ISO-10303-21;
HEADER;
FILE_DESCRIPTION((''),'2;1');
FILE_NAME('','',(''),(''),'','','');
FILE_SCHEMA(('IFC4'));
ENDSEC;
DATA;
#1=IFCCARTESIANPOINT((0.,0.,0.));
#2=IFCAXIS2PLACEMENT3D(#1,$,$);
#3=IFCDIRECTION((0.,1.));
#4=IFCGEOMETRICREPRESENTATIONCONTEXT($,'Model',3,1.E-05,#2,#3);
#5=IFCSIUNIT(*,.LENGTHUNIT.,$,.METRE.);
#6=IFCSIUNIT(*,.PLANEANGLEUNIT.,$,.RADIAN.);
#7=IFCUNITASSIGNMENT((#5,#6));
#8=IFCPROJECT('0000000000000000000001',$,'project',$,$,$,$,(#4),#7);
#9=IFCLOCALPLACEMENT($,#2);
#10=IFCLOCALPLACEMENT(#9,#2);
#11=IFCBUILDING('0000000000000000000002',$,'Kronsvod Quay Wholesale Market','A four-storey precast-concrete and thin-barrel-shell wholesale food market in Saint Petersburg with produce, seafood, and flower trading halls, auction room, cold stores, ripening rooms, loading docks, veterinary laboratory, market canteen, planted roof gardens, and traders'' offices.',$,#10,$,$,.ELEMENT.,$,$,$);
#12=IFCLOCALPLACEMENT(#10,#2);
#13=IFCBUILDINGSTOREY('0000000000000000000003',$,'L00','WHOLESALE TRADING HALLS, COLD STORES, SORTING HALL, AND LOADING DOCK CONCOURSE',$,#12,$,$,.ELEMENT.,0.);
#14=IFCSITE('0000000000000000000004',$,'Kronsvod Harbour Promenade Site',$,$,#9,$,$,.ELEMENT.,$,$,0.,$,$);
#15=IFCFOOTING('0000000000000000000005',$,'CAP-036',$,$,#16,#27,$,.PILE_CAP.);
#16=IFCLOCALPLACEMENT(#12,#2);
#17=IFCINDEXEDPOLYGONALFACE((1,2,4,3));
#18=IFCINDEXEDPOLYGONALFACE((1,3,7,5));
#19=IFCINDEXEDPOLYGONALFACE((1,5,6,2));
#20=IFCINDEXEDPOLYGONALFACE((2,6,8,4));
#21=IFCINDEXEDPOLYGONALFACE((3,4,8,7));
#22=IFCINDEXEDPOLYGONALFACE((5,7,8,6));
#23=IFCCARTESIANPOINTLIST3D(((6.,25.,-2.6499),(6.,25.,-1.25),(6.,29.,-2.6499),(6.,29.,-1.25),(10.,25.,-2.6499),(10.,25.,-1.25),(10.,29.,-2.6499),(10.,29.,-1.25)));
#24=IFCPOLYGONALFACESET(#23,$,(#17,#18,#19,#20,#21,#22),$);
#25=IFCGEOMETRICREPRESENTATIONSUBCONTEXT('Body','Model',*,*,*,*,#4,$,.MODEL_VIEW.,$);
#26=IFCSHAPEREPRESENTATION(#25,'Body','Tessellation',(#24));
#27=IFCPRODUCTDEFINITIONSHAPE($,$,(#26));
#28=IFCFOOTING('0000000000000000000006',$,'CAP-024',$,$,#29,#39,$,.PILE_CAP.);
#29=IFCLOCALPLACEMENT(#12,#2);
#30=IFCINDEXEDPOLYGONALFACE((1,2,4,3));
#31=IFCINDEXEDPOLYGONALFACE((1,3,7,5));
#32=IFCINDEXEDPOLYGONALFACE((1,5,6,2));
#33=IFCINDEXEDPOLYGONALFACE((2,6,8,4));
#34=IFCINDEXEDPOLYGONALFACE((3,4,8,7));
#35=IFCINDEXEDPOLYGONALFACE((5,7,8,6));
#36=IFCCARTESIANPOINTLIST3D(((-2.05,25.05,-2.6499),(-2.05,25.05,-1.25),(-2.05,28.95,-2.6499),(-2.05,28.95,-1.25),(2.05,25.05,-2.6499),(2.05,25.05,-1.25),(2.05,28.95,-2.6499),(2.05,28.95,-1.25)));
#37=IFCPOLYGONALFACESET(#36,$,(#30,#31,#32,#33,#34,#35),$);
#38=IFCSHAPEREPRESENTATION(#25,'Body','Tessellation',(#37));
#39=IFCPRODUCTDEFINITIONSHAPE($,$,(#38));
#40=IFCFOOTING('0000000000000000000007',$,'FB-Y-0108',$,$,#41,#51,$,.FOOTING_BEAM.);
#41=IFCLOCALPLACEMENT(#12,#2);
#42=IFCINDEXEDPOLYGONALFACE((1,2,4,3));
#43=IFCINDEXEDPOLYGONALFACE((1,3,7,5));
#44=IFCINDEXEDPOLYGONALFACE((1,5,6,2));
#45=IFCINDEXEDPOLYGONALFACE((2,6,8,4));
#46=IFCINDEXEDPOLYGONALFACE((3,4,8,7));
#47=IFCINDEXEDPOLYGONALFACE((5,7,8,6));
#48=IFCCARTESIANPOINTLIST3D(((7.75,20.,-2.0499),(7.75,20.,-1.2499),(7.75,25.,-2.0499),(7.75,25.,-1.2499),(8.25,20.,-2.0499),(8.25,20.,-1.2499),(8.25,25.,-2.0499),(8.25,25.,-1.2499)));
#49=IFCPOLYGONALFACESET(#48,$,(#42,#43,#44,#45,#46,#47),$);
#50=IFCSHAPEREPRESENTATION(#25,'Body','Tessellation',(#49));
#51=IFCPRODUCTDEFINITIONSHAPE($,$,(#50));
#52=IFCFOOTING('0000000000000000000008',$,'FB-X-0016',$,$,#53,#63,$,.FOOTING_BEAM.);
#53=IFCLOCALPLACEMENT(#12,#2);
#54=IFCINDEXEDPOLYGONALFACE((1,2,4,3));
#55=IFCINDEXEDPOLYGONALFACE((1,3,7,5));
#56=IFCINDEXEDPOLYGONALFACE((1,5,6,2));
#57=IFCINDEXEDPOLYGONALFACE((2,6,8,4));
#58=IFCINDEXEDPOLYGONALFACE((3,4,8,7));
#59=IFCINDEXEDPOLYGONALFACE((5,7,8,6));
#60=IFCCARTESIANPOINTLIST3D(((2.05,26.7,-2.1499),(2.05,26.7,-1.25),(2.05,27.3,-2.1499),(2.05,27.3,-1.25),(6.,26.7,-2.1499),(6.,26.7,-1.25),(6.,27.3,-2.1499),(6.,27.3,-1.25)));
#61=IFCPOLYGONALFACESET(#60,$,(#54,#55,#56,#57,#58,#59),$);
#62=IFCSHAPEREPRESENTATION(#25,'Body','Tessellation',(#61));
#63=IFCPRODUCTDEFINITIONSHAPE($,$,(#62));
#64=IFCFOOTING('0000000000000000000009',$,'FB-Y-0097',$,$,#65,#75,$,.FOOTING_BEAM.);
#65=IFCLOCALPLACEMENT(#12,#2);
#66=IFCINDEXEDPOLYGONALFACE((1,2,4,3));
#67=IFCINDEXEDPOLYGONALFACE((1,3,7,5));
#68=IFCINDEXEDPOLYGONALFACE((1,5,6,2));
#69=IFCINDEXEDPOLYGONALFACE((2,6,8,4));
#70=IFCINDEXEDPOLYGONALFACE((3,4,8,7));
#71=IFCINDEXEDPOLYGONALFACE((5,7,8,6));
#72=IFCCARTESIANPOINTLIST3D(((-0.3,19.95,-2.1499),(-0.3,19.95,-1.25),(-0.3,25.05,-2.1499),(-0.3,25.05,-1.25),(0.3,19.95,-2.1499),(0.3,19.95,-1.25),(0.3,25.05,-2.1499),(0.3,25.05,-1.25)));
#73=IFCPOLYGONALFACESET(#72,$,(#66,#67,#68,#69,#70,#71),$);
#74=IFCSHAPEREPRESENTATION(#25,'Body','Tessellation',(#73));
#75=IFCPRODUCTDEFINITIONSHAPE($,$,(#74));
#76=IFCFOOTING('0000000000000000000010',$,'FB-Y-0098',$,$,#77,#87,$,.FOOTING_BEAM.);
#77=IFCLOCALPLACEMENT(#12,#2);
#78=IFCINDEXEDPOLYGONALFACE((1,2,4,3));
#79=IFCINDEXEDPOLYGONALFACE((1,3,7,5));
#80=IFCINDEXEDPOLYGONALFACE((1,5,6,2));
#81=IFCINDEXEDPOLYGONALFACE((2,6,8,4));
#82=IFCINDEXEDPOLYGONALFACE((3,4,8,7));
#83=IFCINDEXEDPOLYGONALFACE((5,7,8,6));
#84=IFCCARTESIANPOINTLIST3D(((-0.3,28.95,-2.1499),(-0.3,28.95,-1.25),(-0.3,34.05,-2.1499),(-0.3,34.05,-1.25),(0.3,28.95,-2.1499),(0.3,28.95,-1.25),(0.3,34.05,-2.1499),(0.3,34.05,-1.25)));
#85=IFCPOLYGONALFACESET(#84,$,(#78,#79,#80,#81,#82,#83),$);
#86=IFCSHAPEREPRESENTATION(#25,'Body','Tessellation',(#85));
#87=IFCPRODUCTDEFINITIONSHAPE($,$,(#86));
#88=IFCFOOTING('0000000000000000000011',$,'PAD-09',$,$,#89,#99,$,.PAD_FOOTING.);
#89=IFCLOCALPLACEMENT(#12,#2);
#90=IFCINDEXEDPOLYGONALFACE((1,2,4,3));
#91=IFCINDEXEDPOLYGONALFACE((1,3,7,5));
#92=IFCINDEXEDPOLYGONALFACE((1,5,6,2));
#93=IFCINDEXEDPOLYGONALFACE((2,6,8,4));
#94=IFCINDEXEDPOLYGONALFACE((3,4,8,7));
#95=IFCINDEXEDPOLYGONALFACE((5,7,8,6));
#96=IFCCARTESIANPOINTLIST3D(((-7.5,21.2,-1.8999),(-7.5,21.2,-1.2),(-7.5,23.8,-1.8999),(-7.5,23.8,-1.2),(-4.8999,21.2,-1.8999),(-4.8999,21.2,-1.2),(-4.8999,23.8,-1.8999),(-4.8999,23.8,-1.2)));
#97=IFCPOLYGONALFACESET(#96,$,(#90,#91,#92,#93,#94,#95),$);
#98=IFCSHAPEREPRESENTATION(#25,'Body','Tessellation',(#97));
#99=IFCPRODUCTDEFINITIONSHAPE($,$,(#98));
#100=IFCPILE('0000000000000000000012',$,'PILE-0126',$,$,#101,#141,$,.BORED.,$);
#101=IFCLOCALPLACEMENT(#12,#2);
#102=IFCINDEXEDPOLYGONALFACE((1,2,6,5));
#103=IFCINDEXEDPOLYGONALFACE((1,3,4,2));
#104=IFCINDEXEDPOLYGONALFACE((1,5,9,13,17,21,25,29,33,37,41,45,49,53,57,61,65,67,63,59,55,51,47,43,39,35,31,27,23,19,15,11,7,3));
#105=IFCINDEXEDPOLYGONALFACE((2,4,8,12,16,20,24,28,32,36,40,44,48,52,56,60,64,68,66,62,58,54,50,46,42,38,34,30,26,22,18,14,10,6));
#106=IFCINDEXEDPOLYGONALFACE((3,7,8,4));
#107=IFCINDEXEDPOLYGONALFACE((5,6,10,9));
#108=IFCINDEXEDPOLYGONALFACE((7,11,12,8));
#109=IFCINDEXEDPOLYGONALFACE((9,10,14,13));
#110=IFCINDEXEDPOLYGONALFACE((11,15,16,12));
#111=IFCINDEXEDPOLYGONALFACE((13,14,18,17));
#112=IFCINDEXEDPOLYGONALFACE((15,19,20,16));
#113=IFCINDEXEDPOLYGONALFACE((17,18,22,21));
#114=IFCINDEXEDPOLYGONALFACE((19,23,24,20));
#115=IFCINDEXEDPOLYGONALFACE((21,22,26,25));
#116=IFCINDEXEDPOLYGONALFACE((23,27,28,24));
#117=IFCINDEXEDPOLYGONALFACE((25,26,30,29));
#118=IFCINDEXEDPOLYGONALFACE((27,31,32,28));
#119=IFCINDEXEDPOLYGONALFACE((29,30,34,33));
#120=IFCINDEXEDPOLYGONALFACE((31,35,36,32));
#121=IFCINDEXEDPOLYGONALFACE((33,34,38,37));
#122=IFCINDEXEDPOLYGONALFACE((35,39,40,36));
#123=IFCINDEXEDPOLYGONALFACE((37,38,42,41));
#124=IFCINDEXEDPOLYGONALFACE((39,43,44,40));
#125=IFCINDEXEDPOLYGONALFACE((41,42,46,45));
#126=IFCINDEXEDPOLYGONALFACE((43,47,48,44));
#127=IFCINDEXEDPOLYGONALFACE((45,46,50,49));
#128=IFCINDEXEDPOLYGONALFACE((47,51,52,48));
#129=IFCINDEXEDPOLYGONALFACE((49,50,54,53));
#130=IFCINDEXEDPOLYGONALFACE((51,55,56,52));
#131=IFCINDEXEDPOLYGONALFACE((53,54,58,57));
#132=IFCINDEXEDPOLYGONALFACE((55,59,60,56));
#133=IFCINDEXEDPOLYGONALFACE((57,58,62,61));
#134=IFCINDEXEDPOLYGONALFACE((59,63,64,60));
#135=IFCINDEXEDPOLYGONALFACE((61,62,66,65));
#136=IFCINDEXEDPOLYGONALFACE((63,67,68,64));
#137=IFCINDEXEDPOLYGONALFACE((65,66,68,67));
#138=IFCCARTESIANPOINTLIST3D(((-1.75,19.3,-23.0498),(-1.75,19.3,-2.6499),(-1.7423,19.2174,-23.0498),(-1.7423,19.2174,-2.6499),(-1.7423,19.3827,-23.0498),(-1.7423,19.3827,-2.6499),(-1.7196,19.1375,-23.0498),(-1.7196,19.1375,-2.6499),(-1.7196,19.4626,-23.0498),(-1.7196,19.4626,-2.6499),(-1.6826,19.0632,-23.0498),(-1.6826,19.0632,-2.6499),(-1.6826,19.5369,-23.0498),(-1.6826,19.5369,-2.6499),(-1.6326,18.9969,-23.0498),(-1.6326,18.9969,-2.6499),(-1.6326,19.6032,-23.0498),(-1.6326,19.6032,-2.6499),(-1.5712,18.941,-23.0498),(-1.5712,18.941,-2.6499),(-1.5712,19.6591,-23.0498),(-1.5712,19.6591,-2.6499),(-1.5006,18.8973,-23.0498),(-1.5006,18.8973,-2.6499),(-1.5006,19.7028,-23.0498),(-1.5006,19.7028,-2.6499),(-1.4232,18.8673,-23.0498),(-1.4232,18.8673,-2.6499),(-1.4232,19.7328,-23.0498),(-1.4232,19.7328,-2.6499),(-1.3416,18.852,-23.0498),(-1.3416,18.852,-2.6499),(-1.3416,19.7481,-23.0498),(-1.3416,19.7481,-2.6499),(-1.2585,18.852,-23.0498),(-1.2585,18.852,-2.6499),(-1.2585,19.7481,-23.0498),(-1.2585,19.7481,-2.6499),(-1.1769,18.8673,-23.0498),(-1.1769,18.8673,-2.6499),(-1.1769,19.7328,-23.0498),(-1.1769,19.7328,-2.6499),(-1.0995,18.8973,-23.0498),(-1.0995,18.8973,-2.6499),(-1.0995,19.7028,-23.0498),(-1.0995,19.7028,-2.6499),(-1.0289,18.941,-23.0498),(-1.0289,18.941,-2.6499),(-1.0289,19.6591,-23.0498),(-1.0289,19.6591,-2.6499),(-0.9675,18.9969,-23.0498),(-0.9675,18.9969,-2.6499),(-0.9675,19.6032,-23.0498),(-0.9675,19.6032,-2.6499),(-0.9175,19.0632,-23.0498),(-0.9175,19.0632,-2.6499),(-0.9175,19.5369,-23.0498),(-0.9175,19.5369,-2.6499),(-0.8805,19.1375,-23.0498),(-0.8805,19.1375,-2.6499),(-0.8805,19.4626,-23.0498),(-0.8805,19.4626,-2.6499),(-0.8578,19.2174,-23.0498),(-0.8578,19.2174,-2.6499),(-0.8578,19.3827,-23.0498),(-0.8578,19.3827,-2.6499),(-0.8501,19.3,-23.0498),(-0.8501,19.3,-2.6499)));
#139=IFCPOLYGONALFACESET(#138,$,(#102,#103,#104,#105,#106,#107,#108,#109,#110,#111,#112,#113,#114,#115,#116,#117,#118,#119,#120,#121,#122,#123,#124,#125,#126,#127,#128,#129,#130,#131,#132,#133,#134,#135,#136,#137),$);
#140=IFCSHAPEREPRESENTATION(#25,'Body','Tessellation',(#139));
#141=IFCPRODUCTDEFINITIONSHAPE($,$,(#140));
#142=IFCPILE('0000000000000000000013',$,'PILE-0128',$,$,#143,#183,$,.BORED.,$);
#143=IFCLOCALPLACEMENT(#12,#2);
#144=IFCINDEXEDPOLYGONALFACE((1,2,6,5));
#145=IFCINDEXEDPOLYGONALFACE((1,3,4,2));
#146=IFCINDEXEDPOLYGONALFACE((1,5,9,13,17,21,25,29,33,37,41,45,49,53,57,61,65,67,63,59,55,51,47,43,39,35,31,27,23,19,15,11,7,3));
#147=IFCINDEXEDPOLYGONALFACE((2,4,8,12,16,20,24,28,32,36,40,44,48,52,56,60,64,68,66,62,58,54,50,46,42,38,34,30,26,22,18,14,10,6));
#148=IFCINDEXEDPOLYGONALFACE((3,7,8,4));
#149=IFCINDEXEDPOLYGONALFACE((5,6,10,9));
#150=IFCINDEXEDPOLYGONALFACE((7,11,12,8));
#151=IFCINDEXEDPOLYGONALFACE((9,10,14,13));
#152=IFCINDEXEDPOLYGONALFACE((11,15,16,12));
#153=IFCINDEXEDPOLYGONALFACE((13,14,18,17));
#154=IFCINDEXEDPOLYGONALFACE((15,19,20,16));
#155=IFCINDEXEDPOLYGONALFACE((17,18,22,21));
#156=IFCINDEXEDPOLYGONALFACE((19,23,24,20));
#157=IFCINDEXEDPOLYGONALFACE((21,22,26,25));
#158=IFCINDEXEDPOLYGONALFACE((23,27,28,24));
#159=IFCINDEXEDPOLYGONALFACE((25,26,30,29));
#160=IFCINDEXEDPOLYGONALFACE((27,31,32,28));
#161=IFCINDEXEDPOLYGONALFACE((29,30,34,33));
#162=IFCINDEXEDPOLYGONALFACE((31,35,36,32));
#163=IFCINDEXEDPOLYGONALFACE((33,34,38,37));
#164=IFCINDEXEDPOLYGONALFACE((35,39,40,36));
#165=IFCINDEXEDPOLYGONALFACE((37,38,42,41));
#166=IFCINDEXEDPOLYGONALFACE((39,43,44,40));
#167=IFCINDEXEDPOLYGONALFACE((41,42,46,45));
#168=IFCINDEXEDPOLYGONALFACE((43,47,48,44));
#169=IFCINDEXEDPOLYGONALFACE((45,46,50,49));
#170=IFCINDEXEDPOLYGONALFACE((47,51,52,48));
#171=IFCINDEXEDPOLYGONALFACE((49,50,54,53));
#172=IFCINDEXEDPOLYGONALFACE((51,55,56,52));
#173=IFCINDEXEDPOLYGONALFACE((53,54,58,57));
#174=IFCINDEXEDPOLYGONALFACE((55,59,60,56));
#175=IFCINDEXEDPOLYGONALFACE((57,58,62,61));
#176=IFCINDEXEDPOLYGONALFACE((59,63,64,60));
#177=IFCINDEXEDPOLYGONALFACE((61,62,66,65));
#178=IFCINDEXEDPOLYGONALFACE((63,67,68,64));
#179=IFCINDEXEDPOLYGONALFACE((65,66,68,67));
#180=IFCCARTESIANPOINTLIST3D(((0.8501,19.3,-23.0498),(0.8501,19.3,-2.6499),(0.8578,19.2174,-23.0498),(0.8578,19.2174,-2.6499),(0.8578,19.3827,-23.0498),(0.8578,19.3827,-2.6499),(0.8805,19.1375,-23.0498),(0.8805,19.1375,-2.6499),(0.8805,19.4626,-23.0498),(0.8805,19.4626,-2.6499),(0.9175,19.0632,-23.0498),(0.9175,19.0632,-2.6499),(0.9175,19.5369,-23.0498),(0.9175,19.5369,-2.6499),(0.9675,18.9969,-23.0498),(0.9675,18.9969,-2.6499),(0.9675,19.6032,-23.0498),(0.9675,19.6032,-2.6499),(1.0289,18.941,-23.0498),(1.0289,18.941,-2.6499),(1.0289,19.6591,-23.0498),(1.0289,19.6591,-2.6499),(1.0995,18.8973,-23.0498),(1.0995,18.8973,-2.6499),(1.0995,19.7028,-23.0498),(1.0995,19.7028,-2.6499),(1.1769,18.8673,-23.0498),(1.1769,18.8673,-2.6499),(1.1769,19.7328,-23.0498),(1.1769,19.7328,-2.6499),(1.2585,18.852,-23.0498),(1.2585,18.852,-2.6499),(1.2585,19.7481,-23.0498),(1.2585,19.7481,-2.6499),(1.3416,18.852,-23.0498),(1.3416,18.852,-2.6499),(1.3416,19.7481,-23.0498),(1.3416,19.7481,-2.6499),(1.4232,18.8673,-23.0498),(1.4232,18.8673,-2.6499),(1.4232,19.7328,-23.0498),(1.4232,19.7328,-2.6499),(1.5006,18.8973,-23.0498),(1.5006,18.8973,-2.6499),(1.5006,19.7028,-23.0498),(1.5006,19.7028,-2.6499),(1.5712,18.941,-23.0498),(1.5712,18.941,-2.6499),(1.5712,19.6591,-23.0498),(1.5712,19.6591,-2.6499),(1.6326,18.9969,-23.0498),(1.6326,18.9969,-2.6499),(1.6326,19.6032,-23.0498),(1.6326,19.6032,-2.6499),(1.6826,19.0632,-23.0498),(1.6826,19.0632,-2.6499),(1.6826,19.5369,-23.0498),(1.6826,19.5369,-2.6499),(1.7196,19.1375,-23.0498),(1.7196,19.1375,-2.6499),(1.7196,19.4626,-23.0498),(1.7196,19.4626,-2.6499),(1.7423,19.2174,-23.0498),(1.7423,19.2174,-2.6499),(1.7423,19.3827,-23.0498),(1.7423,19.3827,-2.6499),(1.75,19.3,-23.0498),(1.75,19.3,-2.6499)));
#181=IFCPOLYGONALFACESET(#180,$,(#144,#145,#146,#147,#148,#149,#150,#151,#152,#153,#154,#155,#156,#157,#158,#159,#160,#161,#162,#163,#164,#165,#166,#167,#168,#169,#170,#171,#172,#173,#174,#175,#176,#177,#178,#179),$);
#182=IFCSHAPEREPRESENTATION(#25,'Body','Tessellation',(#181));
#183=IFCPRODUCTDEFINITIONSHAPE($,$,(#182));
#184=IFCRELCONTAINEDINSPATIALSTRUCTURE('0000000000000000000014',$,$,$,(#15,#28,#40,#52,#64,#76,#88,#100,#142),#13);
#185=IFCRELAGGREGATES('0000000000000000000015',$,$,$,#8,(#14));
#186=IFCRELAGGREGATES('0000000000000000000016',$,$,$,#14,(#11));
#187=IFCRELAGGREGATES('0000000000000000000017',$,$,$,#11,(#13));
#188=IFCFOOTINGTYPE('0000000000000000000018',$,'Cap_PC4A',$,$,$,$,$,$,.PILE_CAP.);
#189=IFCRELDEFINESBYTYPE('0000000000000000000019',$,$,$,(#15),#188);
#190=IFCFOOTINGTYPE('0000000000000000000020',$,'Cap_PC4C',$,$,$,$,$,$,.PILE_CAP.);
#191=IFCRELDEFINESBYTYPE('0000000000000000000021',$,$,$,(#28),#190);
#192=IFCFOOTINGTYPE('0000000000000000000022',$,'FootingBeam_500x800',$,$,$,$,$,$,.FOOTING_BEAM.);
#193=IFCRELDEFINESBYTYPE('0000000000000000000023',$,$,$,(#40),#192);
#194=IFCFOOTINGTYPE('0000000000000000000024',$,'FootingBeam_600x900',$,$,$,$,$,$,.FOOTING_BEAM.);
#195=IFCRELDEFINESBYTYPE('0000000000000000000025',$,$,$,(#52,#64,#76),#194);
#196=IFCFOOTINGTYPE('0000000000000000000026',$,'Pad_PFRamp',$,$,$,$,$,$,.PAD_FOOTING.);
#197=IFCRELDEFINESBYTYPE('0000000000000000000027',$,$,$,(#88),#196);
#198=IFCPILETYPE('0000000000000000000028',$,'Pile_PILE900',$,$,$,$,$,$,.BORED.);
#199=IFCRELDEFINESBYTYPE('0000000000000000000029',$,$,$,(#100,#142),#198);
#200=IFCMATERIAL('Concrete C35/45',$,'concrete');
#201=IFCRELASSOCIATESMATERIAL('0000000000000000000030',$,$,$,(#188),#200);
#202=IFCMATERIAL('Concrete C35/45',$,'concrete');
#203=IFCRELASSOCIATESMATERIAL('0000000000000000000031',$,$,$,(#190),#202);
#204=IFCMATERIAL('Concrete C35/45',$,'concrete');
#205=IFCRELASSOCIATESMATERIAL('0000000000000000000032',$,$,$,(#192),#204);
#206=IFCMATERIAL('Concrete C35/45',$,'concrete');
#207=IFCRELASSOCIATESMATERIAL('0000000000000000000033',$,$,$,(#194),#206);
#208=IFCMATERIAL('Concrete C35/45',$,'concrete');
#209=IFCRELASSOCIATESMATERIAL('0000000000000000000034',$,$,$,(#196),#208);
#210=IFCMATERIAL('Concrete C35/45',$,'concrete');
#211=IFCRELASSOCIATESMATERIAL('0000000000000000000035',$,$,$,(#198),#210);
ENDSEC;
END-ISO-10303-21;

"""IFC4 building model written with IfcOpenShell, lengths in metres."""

from ifc_helpers import new_model, si_unit, direction, frame, origin, origin_2d, place, context, subcontext, project, spatial, rectangle, circle, extrude, material, material_profile, profile_set, type_object, element, save


model = new_model("IFC4")

# Units and contexts
model_context = context("Model", 3, precision=1e-05, world=origin(), true_north=direction((0.0, 1.0)))
body_context = subcontext(model_context, "Body", "Model", "MODEL_VIEW")
ifc_project = project(units=[si_unit("LENGTHUNIT", "METRE"), si_unit("PLANEANGLEUNIT", "RADIAN")], contexts=[model_context])

# Site, building, storey
site_placement = place(None, origin())
site = spatial("IfcSite", under=ifc_project, at=site_placement, Name="Kronsvod Harbour Promenade Site", CompositionType="ELEMENT", RefElevation=0.0)
building_placement = place(site_placement, origin())
building = spatial("IfcBuilding", under=site, at=building_placement, Name="Kronsvod Quay Wholesale Market", Description="A four-storey precast-concrete and thin-barrel-shell wholesale food market in Saint Petersburg with produce, seafood, and flower trading halls, auction room, cold stores, ripening rooms, loading docks, veterinary laboratory, market canteen, planted roof gardens, and traders' offices.", CompositionType="ELEMENT")
storey_placement = place(building_placement, origin())
storey = spatial("IfcBuildingStorey", under=building, at=storey_placement, Name="L00", Description="WHOLESALE TRADING HALLS, COLD STORES, SORTING HALL, AND LOADING DOCK CONCOURSE", CompositionType="ELEMENT", Elevation=0.0)

# Footings
ifc_material_1 = material(Name="Concrete C35/45", Category="concrete")
footing_type_1 = type_object("IfcFootingType", Name="Cap_PC4A", PredefinedType="PILE_CAP", material=ifc_material_1)
footing_1_placement = place(storey_placement, frame((8.0, 27.0, -2.6499), z_axis=(0.0, 0.0, 1.0), x_axis=(1.0, 0.0, 0.0)))
element("IfcFooting", 1, at=footing_1_placement, inside=storey, type_object=footing_type_1, Name="CAP-036", PredefinedType="PILE_CAP", context=body_context, shape_type="SweptSolid", body=[
    extrude(rectangle(XDim=4.0, YDim=4.0, at=origin_2d()), origin(), (0.0, 0.0, 1.0), 1.3999),
])
ifc_material_2 = material(Name="Concrete C35/45", Category="concrete")
footing_type_2 = type_object("IfcFootingType", Name="Cap_PC4C", PredefinedType="PILE_CAP", material=ifc_material_2)
footing_2_placement = place(storey_placement, frame((0.0, 27.0, -2.6499), z_axis=(0.0, 0.0, 1.0), x_axis=(1.0, 0.0, 0.0)))
element("IfcFooting", 2, at=footing_2_placement, inside=storey, type_object=footing_type_2, Name="CAP-024", PredefinedType="PILE_CAP", context=body_context, shape_type="SweptSolid", body=[
    extrude(rectangle(XDim=4.1001, YDim=3.8999, at=origin_2d()), origin(), (0.0, 0.0, 1.0), 1.3999),
])
ifc_material_3 = material(Name="Concrete C35/45", Category="concrete")
ifc_material_profile_1 = material_profile(ifc_material_3, rectangle(XDim=0.5, YDim=0.8, at=origin_2d()), Name="FB-01")
ifc_profile_set_1 = profile_set([ifc_material_profile_1], Name="Concrete C35/45")
footing_type_3 = type_object("IfcFootingType", Name="FootingBeam_500x800", PredefinedType="FOOTING_BEAM", material=ifc_profile_set_1)
footing_3_placement = place(storey_placement, frame((8.0, 20.0, -1.6499), z_axis=(0.0, 1.0, 0.0), x_axis=(-1.0, 0.0, 0.0)))
element("IfcFooting", 3, at=footing_3_placement, inside=storey, type_object=footing_type_3, Name="FB-Y-0108", PredefinedType="FOOTING_BEAM", context=body_context, shape_type="SweptSolid", body=[
    extrude(rectangle(XDim=0.5, YDim=0.8, at=origin_2d()), origin(), (0.0, 0.0, 1.0), 5.0),
])
ifc_material_4 = material(Name="Concrete C35/45", Category="concrete")
ifc_material_profile_2 = material_profile(ifc_material_4, rectangle(XDim=0.6001, YDim=0.8999, at=origin_2d()), Name="FB-02")
ifc_profile_set_2 = profile_set([ifc_material_profile_2], Name="Concrete C35/45")
footing_type_4 = type_object("IfcFootingType", Name="FootingBeam_600x900", PredefinedType="FOOTING_BEAM", material=ifc_profile_set_2)
footing_4_placement = place(storey_placement, frame((2.05, 27.0, -1.7), z_axis=(1.0, 0.0, 0.0), x_axis=(0.0, 1.0, 0.0)))
element("IfcFooting", 4, at=footing_4_placement, inside=storey, type_object=footing_type_4, Name="FB-X-0016", PredefinedType="FOOTING_BEAM", context=body_context, shape_type="SweptSolid", body=[
    extrude(rectangle(XDim=0.6001, YDim=0.8999, at=origin_2d()), origin(), (0.0, 0.0, 1.0), 3.95),
])
for number, where, z_axis, x_axis, name in (
    (5, (0.0, 19.95, -1.7), (0.0, 1.0, 0.0), (-1.0, 0.0, 0.0), "FB-Y-0097"),
    (6, (0.0, 28.95, -1.7), (0.0, 1.0, 0.0), (-1.0, 0.0, 0.0), "FB-Y-0098"),
):
    element("IfcFooting", number, at=place(storey_placement, frame(where, z_axis=z_axis, x_axis=x_axis)), inside=storey, type_object=footing_type_4, Name=name, PredefinedType="FOOTING_BEAM", context=body_context, shape_type="SweptSolid", body=[
        extrude(rectangle(XDim=0.6001, YDim=0.8999, at=origin_2d()), origin(), (0.0, 0.0, 1.0), 5.1001),
    ])
ifc_material_5 = material(Name="Concrete C35/45", Category="concrete")
footing_type_5 = type_object("IfcFootingType", Name="Pad_PFRamp", PredefinedType="PAD_FOOTING", material=ifc_material_5)
footing_5_placement = place(storey_placement, frame((-6.2, 22.5, -1.8999), z_axis=(0.0, 0.0, 1.0), x_axis=(1.0, 0.0, 0.0)))
element("IfcFooting", 7, at=footing_5_placement, inside=storey, type_object=footing_type_5, Name="PAD-09", PredefinedType="PAD_FOOTING", context=body_context, shape_type="SweptSolid", body=[
    extrude(rectangle(XDim=2.6001, YDim=2.6001, at=origin_2d()), origin(), (0.0, 0.0, 1.0), 0.7),
])

# Piles
ifc_material_6 = material(Name="Concrete C35/45", Category="concrete")
ifc_material_profile_3 = material_profile(ifc_material_6, circle(Radius=0.45, at=origin_2d()), Name="PILE900")
ifc_profile_set_3 = profile_set([ifc_material_profile_3], Name="Concrete C35/45")
pile_type = type_object("IfcPileType", Name="Pile_PILE900", PredefinedType="BORED", material=ifc_profile_set_3)
for number, where, z_axis, x_axis, name in (
    (8, (-1.3, 19.3, -2.6499), (0.0, 0.0, -1.0), (1.0, 0.0, 0.0), "PILE-0126"),
    (9, (1.3, 19.3, -2.6499), (0.0, 0.0, -1.0), (1.0, 0.0, 0.0), "PILE-0128"),
):
    element("IfcPile", number, at=place(storey_placement, frame(where, z_axis=z_axis, x_axis=x_axis)), inside=storey, type_object=pile_type, Name=name, PredefinedType="BORED", context=body_context, shape_type="SweptSolid", body=[
        extrude(circle(Radius=0.45, at=origin_2d()), origin(), (0.0, 0.0, 1.0), 20.3999),
    ])

save(model, "model.ifc")
